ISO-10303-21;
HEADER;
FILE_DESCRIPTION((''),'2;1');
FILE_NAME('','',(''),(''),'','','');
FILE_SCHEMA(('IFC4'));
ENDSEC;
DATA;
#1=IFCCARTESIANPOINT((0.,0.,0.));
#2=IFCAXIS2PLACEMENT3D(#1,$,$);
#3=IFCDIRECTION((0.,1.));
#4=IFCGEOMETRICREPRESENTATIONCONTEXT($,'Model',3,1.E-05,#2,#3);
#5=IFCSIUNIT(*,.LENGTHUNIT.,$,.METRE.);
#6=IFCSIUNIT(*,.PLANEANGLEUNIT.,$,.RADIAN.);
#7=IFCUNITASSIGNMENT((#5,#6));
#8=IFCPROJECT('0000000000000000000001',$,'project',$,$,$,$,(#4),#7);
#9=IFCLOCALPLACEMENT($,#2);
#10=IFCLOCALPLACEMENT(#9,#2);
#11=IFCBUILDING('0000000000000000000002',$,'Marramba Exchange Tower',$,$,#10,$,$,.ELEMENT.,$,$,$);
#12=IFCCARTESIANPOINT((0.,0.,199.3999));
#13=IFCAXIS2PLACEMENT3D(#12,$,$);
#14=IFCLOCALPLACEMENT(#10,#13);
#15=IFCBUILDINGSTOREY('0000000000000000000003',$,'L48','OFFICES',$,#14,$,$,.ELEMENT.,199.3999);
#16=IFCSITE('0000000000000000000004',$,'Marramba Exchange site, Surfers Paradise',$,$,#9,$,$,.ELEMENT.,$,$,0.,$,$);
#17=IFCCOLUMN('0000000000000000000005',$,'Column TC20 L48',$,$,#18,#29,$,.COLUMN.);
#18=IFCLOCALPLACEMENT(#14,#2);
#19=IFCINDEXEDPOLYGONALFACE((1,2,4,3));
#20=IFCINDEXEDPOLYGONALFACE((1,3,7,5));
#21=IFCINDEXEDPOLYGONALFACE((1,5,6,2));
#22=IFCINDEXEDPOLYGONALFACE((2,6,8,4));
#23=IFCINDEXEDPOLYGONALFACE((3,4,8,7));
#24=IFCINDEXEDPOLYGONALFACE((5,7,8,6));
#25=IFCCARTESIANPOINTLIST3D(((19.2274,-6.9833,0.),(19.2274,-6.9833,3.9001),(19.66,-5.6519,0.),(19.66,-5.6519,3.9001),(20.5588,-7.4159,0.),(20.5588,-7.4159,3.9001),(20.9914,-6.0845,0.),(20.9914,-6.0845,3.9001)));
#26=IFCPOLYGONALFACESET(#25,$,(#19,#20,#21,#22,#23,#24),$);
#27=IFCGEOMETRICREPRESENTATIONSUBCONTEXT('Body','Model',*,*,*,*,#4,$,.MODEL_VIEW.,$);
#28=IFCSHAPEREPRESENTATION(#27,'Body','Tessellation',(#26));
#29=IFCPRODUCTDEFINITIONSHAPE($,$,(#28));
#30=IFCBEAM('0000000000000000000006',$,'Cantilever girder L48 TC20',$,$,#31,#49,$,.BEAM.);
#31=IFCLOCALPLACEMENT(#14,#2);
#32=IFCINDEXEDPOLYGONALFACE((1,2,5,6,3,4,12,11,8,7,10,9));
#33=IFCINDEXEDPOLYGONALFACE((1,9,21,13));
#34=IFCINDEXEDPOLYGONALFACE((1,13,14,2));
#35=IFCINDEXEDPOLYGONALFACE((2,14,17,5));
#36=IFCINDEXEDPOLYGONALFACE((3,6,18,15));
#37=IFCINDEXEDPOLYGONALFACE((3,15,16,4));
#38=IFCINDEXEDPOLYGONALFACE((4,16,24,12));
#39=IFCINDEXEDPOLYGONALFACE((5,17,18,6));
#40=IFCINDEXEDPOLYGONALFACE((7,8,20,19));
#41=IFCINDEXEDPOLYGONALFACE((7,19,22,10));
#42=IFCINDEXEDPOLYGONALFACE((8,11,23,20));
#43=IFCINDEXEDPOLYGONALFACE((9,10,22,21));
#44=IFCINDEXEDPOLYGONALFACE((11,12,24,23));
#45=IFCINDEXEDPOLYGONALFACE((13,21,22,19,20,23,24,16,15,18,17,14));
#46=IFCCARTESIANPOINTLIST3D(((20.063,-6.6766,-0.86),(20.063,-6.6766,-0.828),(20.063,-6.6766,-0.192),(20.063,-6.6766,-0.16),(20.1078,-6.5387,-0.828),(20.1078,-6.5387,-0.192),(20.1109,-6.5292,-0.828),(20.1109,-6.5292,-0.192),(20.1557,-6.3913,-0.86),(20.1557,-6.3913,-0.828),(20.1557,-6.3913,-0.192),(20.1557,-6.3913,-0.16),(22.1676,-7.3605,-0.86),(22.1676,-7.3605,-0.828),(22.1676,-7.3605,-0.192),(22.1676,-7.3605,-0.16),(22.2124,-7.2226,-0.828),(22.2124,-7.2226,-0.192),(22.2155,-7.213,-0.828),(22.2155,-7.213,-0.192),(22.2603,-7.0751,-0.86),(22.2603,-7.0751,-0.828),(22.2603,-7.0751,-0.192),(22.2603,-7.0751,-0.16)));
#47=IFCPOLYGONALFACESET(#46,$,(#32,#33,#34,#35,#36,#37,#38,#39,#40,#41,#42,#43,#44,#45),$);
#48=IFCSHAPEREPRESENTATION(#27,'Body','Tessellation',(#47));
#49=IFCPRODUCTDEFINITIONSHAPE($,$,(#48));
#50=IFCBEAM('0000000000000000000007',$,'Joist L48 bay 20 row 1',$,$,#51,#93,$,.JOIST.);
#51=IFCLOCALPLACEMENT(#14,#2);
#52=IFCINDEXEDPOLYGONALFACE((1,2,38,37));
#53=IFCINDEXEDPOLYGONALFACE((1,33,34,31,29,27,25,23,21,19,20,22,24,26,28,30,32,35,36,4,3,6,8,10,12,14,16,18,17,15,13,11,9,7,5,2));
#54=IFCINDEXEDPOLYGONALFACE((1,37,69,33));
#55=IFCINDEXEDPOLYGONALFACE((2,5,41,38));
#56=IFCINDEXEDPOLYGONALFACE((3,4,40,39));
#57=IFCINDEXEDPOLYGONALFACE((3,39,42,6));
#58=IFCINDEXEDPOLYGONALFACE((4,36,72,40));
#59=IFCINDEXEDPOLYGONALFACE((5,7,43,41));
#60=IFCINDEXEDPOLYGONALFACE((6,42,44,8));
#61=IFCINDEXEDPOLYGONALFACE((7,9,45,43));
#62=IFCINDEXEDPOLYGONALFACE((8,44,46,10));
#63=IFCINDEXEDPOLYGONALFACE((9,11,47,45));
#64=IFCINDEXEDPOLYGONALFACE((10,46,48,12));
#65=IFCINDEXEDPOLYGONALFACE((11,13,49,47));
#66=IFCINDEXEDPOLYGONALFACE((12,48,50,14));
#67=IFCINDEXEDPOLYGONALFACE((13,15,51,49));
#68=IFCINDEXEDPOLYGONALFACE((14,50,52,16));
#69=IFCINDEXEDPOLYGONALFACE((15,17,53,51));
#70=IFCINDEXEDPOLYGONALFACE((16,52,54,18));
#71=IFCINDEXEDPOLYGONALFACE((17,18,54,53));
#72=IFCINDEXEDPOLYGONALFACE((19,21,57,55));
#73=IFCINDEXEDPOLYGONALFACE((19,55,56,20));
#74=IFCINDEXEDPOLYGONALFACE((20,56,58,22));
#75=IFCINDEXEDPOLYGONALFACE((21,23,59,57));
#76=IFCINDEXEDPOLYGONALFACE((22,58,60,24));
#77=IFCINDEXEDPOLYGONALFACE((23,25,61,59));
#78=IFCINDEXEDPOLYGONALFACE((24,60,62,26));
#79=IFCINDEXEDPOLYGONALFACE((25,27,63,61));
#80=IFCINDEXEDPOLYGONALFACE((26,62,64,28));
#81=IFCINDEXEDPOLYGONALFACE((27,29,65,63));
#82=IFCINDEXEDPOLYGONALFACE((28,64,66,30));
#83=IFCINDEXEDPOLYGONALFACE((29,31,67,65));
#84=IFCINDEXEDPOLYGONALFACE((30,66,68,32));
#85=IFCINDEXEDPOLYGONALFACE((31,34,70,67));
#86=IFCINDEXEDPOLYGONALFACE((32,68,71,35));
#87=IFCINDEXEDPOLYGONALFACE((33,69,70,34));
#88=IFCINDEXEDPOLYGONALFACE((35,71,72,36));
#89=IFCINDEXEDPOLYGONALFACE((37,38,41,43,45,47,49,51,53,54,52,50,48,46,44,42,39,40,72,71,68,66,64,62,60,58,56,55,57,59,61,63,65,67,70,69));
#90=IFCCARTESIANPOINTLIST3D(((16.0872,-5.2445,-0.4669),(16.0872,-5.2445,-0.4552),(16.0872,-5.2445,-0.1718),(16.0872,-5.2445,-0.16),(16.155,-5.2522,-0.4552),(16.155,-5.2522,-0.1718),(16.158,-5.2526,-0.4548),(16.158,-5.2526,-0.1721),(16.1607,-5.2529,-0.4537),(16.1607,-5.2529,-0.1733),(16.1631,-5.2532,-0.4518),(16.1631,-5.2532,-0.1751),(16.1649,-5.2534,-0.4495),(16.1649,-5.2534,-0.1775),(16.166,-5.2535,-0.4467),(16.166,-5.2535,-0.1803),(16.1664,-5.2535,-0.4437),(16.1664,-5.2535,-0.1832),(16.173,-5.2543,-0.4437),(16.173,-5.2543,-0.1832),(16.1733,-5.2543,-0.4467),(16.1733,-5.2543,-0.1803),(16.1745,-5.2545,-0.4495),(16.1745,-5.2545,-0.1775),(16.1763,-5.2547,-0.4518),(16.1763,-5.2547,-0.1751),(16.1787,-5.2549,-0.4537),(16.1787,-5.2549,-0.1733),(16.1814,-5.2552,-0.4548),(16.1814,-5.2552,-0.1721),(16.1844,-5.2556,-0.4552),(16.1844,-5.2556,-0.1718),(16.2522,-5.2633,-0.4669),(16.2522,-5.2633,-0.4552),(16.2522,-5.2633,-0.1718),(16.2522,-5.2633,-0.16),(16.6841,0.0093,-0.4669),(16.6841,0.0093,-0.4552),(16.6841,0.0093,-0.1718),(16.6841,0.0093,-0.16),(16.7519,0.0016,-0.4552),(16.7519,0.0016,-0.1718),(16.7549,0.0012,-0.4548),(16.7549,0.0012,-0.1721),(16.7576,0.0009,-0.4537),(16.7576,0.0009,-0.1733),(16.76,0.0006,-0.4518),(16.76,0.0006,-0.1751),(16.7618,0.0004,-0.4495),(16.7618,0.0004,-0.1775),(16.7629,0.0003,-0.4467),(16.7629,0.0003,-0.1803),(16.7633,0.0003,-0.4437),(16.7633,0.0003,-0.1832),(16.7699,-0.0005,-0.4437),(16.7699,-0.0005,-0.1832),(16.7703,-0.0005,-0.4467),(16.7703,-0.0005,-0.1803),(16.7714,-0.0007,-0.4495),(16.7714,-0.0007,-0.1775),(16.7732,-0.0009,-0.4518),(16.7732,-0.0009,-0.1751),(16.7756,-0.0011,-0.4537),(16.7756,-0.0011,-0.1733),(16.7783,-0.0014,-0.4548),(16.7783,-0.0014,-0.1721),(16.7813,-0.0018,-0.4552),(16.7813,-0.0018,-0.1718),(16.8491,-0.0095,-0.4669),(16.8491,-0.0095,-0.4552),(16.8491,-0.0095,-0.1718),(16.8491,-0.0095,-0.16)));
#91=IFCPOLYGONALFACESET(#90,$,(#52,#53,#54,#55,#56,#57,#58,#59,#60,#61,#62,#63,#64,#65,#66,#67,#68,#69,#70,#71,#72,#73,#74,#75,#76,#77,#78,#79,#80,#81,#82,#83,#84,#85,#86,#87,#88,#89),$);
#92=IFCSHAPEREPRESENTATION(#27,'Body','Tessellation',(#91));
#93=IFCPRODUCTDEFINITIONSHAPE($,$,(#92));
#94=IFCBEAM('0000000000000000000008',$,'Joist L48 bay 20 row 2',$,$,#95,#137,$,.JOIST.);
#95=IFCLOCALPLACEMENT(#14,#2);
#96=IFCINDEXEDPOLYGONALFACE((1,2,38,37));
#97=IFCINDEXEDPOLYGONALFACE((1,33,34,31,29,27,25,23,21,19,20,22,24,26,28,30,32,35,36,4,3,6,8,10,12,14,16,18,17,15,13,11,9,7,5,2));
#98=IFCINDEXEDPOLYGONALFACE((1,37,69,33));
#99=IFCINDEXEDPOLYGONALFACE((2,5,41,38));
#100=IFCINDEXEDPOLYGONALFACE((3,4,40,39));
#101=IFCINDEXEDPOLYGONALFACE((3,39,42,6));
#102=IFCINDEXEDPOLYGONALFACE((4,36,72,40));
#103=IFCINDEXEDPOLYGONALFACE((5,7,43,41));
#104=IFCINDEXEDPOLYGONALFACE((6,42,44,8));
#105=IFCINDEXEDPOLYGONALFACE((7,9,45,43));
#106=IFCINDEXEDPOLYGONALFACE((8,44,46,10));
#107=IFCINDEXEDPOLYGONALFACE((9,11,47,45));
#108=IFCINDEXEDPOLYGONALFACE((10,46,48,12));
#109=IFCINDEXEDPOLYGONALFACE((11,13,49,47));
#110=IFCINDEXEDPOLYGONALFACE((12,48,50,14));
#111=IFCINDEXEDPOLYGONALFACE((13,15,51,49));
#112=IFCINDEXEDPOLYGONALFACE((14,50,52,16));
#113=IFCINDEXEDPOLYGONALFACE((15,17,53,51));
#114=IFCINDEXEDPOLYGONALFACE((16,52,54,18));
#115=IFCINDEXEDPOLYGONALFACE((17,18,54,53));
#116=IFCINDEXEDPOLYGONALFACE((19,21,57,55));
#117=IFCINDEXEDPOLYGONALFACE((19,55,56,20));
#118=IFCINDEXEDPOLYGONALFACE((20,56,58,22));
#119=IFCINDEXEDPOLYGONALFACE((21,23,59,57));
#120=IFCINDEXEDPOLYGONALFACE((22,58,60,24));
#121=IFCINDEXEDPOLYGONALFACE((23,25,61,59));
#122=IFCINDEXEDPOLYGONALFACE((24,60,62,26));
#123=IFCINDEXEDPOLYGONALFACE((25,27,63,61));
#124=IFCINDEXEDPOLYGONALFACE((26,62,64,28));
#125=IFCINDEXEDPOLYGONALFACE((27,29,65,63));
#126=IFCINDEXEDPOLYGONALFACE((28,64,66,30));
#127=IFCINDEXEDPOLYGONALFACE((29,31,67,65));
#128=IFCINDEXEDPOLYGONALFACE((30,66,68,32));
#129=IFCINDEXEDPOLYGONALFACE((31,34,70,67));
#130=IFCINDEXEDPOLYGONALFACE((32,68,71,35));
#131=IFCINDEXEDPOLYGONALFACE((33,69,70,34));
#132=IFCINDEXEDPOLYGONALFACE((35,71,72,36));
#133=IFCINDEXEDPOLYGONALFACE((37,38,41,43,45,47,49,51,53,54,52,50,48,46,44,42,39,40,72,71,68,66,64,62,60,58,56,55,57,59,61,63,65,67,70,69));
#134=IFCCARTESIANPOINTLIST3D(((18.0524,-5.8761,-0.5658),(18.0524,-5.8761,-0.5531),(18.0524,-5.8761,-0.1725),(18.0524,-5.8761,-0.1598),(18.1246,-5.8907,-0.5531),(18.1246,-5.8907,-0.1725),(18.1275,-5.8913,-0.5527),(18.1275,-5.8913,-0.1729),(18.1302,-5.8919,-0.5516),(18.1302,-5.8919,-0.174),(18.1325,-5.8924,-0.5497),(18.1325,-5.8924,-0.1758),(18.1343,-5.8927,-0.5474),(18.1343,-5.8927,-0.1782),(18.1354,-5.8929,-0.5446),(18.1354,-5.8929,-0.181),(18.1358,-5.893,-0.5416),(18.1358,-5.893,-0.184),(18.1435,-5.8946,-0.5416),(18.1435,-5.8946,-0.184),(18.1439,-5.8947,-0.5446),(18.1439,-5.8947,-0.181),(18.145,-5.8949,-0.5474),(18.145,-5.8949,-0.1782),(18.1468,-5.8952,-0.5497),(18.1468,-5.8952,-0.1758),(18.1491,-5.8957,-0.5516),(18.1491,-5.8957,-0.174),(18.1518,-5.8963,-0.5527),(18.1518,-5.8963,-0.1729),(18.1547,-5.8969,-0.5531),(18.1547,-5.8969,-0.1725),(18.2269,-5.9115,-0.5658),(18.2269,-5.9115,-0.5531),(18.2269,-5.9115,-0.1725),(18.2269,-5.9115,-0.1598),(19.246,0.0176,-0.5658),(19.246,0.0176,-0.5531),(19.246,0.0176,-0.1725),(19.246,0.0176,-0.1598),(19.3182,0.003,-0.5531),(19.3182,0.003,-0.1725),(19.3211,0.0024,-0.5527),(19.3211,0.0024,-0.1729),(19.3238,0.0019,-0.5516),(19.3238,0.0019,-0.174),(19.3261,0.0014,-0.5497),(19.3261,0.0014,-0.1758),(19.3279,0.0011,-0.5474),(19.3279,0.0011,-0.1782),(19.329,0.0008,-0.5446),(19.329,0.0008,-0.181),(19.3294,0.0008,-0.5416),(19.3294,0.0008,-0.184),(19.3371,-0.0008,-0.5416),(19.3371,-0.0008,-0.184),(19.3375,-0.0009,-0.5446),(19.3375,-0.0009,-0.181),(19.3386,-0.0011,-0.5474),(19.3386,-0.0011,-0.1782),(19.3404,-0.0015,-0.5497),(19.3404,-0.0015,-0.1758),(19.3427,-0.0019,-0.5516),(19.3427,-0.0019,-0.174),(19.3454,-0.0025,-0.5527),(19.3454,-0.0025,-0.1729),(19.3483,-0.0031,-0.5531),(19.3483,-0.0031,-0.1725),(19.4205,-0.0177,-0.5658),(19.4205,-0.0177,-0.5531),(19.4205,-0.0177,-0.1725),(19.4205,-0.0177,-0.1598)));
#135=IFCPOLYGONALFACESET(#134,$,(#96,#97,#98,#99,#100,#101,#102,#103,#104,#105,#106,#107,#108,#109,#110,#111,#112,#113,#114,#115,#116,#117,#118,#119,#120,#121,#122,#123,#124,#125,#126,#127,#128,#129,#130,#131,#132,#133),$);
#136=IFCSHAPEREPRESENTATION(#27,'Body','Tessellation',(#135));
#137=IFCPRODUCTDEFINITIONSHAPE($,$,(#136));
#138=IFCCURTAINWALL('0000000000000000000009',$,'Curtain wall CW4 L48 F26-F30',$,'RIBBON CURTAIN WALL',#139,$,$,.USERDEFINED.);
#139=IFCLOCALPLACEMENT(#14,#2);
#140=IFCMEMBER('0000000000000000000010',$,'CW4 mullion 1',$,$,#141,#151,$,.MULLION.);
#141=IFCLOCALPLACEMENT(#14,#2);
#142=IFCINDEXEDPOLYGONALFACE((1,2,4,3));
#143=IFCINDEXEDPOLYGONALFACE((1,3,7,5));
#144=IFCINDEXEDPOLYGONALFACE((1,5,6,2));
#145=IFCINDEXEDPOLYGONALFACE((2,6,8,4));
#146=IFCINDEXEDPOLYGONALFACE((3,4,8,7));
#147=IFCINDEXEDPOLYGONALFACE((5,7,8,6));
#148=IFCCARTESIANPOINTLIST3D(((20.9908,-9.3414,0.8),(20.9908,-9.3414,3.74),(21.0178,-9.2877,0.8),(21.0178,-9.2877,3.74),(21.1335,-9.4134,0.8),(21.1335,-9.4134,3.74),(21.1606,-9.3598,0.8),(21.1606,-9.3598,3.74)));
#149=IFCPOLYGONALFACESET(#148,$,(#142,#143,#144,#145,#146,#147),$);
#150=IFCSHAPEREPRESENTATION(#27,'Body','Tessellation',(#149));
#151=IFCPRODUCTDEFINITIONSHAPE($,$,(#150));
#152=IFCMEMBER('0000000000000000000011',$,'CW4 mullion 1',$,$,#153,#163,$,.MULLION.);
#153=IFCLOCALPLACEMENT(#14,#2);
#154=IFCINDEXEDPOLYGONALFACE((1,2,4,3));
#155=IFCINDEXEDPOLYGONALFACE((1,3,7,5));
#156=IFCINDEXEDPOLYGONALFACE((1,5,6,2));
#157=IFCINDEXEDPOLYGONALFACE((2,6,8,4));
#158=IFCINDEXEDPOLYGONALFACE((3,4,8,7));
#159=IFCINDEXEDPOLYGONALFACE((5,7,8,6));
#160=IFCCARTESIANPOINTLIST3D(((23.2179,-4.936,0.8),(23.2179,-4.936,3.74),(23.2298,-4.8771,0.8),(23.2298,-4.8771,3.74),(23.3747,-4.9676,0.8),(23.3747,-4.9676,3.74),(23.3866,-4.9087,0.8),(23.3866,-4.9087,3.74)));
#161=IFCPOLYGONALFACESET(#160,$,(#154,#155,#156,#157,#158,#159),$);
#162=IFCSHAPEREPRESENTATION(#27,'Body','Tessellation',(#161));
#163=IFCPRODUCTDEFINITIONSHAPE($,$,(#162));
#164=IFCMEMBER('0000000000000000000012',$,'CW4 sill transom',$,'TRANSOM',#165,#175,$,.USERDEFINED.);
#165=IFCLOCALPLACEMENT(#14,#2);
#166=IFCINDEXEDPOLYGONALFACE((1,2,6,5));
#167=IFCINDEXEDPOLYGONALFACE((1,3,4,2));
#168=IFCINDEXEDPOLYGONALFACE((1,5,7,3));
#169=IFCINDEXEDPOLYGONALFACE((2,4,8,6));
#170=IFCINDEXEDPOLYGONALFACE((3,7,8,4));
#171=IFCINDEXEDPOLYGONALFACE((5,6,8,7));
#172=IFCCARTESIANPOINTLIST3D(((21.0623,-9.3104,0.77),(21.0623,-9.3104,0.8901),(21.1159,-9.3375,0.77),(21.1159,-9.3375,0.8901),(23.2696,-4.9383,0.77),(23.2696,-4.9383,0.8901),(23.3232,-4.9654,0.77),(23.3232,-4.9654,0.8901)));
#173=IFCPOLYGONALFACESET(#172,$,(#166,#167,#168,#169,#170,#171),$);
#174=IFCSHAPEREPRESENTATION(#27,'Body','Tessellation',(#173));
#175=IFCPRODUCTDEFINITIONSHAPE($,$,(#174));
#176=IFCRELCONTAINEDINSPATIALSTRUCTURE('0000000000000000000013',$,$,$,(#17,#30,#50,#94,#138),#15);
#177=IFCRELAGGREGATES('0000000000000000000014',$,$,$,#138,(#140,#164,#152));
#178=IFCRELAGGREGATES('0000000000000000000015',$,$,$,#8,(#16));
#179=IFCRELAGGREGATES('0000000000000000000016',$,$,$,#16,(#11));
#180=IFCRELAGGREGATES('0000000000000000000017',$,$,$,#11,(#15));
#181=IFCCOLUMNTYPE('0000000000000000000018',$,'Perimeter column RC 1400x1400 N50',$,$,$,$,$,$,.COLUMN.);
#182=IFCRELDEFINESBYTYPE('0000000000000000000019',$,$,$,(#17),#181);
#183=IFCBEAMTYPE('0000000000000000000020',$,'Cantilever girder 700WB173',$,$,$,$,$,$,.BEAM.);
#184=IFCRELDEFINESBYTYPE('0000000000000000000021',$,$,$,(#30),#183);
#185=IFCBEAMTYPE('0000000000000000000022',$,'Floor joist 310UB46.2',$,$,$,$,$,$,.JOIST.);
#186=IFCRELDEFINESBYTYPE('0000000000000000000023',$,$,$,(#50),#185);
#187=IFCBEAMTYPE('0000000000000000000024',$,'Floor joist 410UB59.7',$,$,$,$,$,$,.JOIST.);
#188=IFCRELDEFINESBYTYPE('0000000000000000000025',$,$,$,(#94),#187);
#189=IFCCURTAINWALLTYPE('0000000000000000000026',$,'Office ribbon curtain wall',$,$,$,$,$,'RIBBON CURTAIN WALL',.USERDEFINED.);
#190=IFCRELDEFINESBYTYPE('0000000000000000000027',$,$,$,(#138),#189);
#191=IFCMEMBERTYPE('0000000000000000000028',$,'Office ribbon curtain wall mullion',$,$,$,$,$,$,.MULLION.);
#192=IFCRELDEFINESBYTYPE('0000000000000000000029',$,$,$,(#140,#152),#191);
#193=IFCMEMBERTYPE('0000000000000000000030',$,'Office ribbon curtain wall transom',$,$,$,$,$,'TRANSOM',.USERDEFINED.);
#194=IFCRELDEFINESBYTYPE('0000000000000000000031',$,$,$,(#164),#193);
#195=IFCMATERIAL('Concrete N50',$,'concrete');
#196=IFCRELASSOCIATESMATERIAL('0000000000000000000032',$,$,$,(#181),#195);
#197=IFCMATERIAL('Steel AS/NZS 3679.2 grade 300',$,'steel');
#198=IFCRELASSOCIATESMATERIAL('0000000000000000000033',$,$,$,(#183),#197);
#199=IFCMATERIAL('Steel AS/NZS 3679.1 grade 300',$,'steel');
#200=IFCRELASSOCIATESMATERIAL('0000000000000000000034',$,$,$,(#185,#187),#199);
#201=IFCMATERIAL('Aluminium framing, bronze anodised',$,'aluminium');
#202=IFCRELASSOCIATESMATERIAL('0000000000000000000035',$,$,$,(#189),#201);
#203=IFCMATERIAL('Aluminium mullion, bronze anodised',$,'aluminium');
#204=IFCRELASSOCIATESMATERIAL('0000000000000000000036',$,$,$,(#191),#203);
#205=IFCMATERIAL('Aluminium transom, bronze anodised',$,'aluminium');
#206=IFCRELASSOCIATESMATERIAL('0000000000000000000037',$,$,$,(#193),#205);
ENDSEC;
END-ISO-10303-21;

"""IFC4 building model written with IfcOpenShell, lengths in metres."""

from ifc_helpers import new_model, si_unit, direction, frame, origin, origin_2d, place, context, subcontext, project, spatial, rectangle, i_section, extrude, material, material_profile, profile_set, type_object, element, aggregate, save


model = new_model("IFC4")

# Units and contexts
model_context = context("Model", 3, precision=1e-05, world=origin(), true_north=direction((0.0, 1.0)))
body_context = subcontext(model_context, "Body", "Model", "MODEL_VIEW")
ifc_project = project(units=[si_unit("LENGTHUNIT", "METRE"), si_unit("PLANEANGLEUNIT", "RADIAN")], contexts=[model_context])

# Site, building, storey
site_placement = place(None, origin())
site = spatial("IfcSite", under=ifc_project, at=site_placement, Name="Marramba Exchange site, Surfers Paradise", CompositionType="ELEMENT", RefElevation=0.0)
building_placement = place(site_placement, origin())
building = spatial("IfcBuilding", under=site, at=building_placement, Name="Marramba Exchange Tower", CompositionType="ELEMENT")
storey_placement = place(building_placement, frame((0.0, 0.0, 199.3999)))
storey = spatial("IfcBuildingStorey", under=building, at=storey_placement, Name="L48", Description="OFFICES", CompositionType="ELEMENT", Elevation=199.3999)

# Column
ifc_material_1 = material(Name="Concrete N50", Category="concrete")
ifc_material_profile_1 = material_profile(ifc_material_1, rectangle(XDim=1.3999, YDim=1.3999, at=origin_2d()), Name="RC 1400x1400")
ifc_profile_set_1 = profile_set([ifc_material_profile_1], Name="Concrete N50")
column_type = type_object("IfcColumnType", Name="Perimeter column RC 1400x1400 N50", PredefinedType="COLUMN", material=ifc_profile_set_1)
column_placement = place(storey_placement, frame((20.1094, -6.5339, 0.0), z_axis=(0.0, 0.0, 1.0), x_axis=(0.951057, -0.309017, 0.0)))
element("IfcColumn", 1, at=column_placement, inside=storey, type_object=column_type, Name="Column TC20 L48", PredefinedType="COLUMN", context=body_context, shape_type="SweptSolid", body=[
    extrude(rectangle(XDim=1.3999, YDim=1.3999, at=origin_2d()), origin(), (0.0, 0.0, 1.0), 3.9001),
])

# Beams
ifc_material_2 = material(Name="Steel AS/NZS 3679.2 grade 300", Category="steel")
ifc_material_profile_2 = material_profile(ifc_material_2, i_section(OverallWidth=0.3, OverallDepth=0.7, WebThickness=0.01, FlangeThickness=0.032, at=origin_2d()), Name="700WB173")
ifc_profile_set_2 = profile_set([ifc_material_profile_2], Name="Steel AS/NZS 3679.2 grade 300")
beam_type_1 = type_object("IfcBeamType", Name="Cantilever girder 700WB173", PredefinedType="BEAM", material=ifc_profile_set_2)
beam_1_placement = place(storey_placement, frame((20.1094, -6.5339, -0.51), z_axis=(0.95105, -0.309036, 0.0), x_axis=(0.309036, 0.95105, 0.0)))
element("IfcBeam", 2, at=beam_1_placement, inside=storey, type_object=beam_type_1, Name="Cantilever girder L48 TC20", PredefinedType="BEAM", context=body_context, shape_type="SweptSolid", body=[
    extrude(i_section(OverallWidth=0.3, OverallDepth=0.7, WebThickness=0.01, FlangeThickness=0.032, at=origin_2d()), origin(), (0.0, 0.0, 1.0), 2.2129),
])
ifc_material_3 = material(Name="Steel AS/NZS 3679.1 grade 300", Category="steel")
ifc_material_profile_3 = material_profile(ifc_material_3, i_section(OverallWidth=0.166, OverallDepth=0.3069, WebThickness=0.0066, FlangeThickness=0.0117, FilletRadius=0.0115, at=origin_2d()), Name="310UB46.2")
ifc_profile_set_3 = profile_set([ifc_material_profile_3], Name="Steel AS/NZS 3679.1 grade 300")
beam_type_2 = type_object("IfcBeamType", Name="Floor joist 310UB46.2", PredefinedType="JOIST", material=ifc_profile_set_3)
beam_2_placement = place(storey_placement, frame((16.1697, -5.2539, -0.3135), z_axis=(0.112889, 0.993608, 0.0), x_axis=(-0.993608, 0.112889, 0.0)))
element("IfcBeam", 3, at=beam_2_placement, inside=storey, type_object=beam_type_2, Name="Joist L48 bay 20 row 1", PredefinedType="JOIST", context=body_context, shape_type="SweptSolid", body=[
    extrude(i_section(OverallWidth=0.166, OverallDepth=0.3069, WebThickness=0.0066, FlangeThickness=0.0117, FilletRadius=0.0115, at=origin_2d()), origin(), (0.0, 0.0, 1.0), 5.2876),
])
ifc_material_profile_4 = material_profile(ifc_material_3, i_section(OverallWidth=0.178, OverallDepth=0.406, WebThickness=0.0078, FlangeThickness=0.0127, FilletRadius=0.0115, at=origin_2d()), Name="410UB59.7")
ifc_profile_set_4 = profile_set([ifc_material_profile_4], Name="Steel AS/NZS 3679.1 grade 300")
beam_type_3 = type_object("IfcBeamType", Name="Floor joist 410UB59.7", PredefinedType="JOIST", material=ifc_profile_set_4)
beam_3_placement = place(storey_placement, frame((18.1396, -5.8938, -0.3628), z_axis=(0.198489, 0.980103, 0.0), x_axis=(-0.980103, 0.198489, 0.0)))
element("IfcBeam", 4, at=beam_3_placement, inside=storey, type_object=beam_type_3, Name="Joist L48 bay 20 row 2", PredefinedType="JOIST", context=body_context, shape_type="SweptSolid", body=[
    extrude(i_section(OverallWidth=0.178, OverallDepth=0.406, WebThickness=0.0078, FlangeThickness=0.0127, FilletRadius=0.0115, at=origin_2d()), origin(), (0.0, 0.0, 1.0), 6.0134),
])

# Curtain wall, members
ifc_material_4 = material(Name="Aluminium framing, bronze anodised", Category="aluminium")
curtain_wall_type = type_object("IfcCurtainWallType", Name="Office ribbon curtain wall", ElementType="RIBBON CURTAIN WALL", PredefinedType="USERDEFINED", material=ifc_material_4)
curtain_wall_placement = place(storey_placement, origin())
curtain_wall = element("IfcCurtainWall", 5, at=curtain_wall_placement, inside=storey, type_object=curtain_wall_type, Name="Curtain wall CW4 L48 F26-F30", ObjectType="RIBBON CURTAIN WALL", PredefinedType="USERDEFINED")
ifc_material_5 = material(Name="Aluminium mullion, bronze anodised", Category="aluminium")
ifc_material_profile_5 = material_profile(ifc_material_5, rectangle(XDim=0.1599, YDim=0.0601, at=origin_2d()), Name="CW4 mullion 60x160")
ifc_profile_set_5 = profile_set([ifc_material_profile_5], Name="Aluminium mullion, bronze anodised")
member_type_1 = type_object("IfcMemberType", Name="Office ribbon curtain wall mullion", PredefinedType="MULLION", material=ifc_profile_set_5)
member_1_placement = place(storey_placement, frame((21.0757, -9.3506, 0.8), z_axis=(0.0, 0.0, 1.0), x_axis=(-0.892689, 0.450673, 0.0)))
member_1 = element("IfcMember", 6, at=member_1_placement, type_object=member_type_1, Name="CW4 mullion 1", PredefinedType="MULLION", context=body_context, shape_type="SweptSolid", body=[
    extrude(rectangle(XDim=0.1599, YDim=0.0601, at=origin_2d()), origin(), (0.0, 0.0, 1.0), 2.9399),
])
member_2_placement = place(storey_placement, frame((23.3022, -4.9224, 0.8), z_axis=(0.0, 0.0, 1.0), x_axis=(-0.980304, 0.197495, 0.0)))
member_2 = element("IfcMember", 7, at=member_2_placement, type_object=member_type_1, Name="CW4 mullion 1", PredefinedType="MULLION", context=body_context, shape_type="SweptSolid", body=[
    extrude(rectangle(XDim=0.1599, YDim=0.0601, at=origin_2d()), origin(), (0.0, 0.0, 1.0), 2.9399),
])
ifc_material_6 = material(Name="Aluminium transom, bronze anodised", Category="aluminium")
ifc_material_profile_6 = material_profile(ifc_material_6, rectangle(XDim=0.0601, YDim=0.1201, at=origin_2d()), Name="CW4 transom 60x120")
ifc_profile_set_6 = profile_set([ifc_material_profile_6], Name="Aluminium transom, bronze anodised")
member_type_2 = type_object("IfcMemberType", Name="Office ribbon curtain wall transom", ElementType="TRANSOM", PredefinedType="USERDEFINED", material=ifc_profile_set_6)
member_3_placement = place(storey_placement, frame((21.0891, -9.324, 0.8301), z_axis=(0.45068, 0.892686, 0.0), x_axis=(-0.892686, 0.45068, 0.0)))
member_3 = element("IfcMember", 8, at=member_3_placement, type_object=member_type_2, Name="CW4 sill transom", ObjectType="TRANSOM", PredefinedType="USERDEFINED", context=body_context, shape_type="SweptSolid", body=[
    extrude(rectangle(XDim=0.0601, YDim=0.1201, at=origin_2d()), origin(), (0.0, 0.0, 1.0), 4.8977),
])

aggregate(curtain_wall, [member_1, member_3, member_2])

save(model, "model.ifc")
